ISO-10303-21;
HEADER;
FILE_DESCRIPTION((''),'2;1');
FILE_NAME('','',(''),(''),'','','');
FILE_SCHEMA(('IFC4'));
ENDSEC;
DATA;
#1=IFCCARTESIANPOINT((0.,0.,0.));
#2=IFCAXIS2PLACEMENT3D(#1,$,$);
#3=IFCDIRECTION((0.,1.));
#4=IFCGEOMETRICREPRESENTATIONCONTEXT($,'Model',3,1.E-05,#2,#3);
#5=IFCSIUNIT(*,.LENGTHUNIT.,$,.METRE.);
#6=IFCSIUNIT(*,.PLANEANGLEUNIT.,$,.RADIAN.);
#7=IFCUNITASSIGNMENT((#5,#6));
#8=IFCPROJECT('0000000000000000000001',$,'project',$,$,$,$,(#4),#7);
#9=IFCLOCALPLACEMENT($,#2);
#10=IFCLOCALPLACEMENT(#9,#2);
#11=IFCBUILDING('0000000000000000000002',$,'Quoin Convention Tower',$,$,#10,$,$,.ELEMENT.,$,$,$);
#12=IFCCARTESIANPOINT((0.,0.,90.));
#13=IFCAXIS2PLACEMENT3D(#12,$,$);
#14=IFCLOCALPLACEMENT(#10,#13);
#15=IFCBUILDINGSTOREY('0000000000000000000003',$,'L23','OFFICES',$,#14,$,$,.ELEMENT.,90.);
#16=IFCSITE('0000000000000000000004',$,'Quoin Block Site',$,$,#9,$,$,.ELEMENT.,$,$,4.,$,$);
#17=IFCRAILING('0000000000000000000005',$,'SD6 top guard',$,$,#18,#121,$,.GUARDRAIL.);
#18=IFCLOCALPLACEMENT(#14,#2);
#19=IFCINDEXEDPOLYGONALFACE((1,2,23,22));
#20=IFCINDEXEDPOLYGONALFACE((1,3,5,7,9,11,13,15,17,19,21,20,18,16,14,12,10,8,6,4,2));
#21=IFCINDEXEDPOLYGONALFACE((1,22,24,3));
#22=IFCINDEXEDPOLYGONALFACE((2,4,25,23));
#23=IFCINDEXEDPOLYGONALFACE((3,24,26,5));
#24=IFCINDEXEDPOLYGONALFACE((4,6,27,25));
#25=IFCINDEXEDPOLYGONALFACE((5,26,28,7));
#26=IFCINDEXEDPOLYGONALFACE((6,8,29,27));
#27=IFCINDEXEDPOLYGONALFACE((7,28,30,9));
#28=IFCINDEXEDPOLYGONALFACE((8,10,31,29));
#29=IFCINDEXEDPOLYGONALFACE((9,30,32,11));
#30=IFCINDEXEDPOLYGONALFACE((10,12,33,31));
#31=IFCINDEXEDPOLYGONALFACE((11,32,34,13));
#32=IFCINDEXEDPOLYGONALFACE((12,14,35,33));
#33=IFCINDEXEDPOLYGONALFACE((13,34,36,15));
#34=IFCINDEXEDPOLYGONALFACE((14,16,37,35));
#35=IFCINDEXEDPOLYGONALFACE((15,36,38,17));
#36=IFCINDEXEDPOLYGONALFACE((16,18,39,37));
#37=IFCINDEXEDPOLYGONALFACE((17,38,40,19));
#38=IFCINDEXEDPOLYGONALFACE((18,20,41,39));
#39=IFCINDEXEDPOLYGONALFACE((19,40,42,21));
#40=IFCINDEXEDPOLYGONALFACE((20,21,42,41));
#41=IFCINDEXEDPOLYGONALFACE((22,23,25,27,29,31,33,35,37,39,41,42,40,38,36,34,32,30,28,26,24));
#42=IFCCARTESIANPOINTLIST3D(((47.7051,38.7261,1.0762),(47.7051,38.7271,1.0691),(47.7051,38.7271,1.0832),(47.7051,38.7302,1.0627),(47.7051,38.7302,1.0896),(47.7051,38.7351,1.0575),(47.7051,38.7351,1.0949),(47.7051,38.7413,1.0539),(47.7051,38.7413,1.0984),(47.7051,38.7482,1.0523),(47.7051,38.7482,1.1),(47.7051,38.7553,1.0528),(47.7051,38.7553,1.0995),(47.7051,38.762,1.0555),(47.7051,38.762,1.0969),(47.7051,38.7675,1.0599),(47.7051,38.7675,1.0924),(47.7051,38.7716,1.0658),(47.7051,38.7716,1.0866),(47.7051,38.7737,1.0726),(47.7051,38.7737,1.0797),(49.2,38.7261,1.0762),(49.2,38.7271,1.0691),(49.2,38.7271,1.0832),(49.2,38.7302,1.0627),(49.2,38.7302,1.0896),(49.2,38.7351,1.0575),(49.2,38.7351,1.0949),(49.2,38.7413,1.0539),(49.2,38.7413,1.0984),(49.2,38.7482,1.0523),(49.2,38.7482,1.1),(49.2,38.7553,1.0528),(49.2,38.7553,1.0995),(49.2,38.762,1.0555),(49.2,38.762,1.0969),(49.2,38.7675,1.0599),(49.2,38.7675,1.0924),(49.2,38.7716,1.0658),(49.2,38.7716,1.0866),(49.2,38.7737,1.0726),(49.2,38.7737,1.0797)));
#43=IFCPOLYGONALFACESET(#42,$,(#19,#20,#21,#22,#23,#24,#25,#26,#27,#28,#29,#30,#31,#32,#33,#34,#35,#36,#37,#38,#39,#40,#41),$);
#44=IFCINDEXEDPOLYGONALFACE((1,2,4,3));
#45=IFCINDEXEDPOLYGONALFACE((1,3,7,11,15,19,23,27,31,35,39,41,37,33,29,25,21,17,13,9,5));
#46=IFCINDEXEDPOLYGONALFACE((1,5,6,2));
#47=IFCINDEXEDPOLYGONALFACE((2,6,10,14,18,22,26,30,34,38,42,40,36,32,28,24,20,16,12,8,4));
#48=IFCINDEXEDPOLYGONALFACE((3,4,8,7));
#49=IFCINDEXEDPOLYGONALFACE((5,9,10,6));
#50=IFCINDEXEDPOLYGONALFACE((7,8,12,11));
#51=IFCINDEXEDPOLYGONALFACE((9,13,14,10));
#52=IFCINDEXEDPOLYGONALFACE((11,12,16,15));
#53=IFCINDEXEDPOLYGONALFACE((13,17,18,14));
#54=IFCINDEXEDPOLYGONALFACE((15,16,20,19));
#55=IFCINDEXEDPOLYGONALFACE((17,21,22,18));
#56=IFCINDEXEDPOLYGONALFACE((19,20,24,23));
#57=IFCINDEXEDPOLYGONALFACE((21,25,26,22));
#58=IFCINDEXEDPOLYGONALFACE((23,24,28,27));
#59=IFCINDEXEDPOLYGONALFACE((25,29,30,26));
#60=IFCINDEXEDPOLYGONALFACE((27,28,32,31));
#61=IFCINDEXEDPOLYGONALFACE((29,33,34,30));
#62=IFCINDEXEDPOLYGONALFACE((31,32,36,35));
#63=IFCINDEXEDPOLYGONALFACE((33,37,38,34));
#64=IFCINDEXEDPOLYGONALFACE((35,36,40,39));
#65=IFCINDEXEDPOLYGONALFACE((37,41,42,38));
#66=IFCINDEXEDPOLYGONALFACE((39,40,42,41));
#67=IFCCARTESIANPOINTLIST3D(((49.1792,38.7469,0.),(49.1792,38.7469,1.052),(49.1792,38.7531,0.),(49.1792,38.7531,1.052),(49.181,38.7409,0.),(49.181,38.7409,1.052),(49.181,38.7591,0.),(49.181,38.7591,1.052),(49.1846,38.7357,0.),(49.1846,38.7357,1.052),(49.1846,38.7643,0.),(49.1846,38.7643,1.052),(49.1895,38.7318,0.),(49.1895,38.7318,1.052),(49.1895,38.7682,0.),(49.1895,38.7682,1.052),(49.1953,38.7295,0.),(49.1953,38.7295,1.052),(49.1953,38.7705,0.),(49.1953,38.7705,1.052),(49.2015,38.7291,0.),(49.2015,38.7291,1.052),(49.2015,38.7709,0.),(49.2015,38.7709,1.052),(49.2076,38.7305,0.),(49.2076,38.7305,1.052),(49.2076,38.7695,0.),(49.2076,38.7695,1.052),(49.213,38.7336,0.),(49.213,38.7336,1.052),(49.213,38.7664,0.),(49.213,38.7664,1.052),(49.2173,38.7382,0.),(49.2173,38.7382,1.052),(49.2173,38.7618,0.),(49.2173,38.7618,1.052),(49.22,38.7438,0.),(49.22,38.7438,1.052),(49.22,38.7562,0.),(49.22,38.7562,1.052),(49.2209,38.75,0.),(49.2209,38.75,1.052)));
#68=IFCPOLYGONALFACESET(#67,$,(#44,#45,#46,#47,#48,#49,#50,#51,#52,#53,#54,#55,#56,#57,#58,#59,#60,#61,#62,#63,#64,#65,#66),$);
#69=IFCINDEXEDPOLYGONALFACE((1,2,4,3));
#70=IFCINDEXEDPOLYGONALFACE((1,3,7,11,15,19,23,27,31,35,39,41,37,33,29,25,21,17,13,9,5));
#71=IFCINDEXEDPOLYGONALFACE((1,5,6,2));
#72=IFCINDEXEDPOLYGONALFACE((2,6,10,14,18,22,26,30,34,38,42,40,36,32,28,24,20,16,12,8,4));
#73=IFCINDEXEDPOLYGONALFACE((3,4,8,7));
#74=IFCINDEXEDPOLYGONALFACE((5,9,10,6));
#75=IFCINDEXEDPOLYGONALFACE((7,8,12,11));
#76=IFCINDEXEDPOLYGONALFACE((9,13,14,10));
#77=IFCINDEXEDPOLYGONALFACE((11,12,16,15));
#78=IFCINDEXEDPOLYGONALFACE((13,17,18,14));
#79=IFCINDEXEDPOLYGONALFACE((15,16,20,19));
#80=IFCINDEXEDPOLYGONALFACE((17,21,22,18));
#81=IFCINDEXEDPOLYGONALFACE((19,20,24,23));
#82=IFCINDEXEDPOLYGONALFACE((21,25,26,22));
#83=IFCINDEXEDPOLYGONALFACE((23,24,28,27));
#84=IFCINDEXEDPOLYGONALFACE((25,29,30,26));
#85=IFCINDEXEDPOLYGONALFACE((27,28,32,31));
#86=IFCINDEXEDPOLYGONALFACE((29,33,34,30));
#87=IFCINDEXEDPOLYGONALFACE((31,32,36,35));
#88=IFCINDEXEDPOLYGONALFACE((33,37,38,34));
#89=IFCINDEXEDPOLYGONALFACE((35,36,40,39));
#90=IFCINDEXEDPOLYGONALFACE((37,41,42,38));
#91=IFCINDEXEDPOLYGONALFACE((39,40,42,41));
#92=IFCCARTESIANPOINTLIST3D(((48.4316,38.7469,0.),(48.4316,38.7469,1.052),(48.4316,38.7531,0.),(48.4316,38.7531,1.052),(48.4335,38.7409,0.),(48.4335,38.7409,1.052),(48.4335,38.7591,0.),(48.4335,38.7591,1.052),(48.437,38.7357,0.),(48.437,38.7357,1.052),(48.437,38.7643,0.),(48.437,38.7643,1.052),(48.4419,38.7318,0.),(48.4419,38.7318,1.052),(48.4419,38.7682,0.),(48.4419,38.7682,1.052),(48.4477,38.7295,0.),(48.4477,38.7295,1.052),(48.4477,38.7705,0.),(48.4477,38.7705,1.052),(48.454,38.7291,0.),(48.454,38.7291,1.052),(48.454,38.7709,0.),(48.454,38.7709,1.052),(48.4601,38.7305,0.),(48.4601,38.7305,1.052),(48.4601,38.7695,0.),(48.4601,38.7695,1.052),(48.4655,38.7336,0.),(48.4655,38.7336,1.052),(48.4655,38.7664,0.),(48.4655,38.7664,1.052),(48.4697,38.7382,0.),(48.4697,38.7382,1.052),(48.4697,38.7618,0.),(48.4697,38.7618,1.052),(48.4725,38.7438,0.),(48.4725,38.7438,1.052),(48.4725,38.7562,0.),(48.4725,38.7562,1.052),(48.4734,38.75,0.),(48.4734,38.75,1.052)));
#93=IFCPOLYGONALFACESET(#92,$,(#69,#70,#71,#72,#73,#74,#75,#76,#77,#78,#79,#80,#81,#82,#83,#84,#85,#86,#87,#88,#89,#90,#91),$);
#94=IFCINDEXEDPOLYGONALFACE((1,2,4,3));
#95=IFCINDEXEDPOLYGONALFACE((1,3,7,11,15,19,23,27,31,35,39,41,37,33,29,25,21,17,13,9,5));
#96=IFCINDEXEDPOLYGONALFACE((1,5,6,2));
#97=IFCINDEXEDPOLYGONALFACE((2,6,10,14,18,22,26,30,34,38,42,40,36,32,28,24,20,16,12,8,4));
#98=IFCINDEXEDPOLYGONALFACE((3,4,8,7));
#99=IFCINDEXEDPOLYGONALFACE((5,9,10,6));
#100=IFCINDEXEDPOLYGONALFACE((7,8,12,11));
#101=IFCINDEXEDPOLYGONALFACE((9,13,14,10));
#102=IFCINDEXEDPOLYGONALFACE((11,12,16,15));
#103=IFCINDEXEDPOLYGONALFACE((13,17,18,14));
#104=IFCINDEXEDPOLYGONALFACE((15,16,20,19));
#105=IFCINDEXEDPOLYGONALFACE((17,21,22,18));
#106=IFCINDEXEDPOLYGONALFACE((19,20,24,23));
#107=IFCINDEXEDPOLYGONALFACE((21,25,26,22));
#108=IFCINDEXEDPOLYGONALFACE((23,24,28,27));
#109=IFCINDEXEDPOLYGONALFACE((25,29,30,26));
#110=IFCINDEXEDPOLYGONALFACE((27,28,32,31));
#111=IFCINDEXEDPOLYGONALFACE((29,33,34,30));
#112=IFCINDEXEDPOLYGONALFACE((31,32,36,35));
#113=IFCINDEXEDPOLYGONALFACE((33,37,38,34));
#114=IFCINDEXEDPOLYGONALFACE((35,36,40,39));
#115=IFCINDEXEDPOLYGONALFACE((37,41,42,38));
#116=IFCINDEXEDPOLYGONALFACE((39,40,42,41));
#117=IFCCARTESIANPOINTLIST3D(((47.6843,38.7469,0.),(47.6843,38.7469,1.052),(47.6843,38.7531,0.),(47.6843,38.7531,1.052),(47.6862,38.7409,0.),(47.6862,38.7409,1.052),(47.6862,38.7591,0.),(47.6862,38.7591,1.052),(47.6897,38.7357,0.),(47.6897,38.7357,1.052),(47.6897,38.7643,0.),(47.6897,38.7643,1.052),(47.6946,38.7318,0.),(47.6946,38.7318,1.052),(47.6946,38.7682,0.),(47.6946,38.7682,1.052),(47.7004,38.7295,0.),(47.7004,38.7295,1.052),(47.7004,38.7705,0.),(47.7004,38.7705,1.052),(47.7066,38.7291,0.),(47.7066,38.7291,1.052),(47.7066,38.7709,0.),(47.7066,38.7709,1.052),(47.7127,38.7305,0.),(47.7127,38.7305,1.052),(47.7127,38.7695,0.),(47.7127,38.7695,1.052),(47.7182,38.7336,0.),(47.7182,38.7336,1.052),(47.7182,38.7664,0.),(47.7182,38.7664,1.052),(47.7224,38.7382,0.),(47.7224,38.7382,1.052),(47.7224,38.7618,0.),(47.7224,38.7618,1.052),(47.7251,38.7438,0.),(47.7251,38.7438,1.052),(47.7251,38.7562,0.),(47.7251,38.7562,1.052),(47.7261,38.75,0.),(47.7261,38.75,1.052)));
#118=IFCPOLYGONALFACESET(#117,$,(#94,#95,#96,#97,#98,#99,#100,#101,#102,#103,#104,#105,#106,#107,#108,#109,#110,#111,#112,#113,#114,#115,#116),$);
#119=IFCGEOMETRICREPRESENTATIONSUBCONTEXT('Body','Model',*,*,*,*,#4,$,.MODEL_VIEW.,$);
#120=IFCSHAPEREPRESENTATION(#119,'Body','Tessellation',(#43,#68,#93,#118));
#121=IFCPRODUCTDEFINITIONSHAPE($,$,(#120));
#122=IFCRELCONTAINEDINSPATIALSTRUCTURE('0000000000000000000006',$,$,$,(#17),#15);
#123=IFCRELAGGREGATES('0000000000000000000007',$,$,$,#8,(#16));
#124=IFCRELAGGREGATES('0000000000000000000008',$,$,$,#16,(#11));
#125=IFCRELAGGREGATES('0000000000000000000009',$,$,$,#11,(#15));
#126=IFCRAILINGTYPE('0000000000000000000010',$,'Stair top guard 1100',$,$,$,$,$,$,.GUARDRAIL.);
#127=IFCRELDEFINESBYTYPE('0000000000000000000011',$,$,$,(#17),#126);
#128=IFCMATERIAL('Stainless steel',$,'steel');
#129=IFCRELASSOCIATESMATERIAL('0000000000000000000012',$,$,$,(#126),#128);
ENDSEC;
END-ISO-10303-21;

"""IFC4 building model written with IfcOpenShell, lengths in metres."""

from ifc_helpers import new_model, si_unit, direction, frame, origin, origin_2d, place, context, subcontext, project, spatial, circle, extrude, material, type_object, element, save


model = new_model("IFC4")

# Units and contexts
model_context = context("Model", 3, precision=1e-05, world=origin(), true_north=direction((0.0, 1.0)))
body_context = subcontext(model_context, "Body", "Model", "MODEL_VIEW")
ifc_project = project(units=[si_unit("LENGTHUNIT", "METRE"), si_unit("PLANEANGLEUNIT", "RADIAN")], contexts=[model_context])

# Site, building, storey
site_placement = place(None, origin())
site = spatial("IfcSite", under=ifc_project, at=site_placement, Name="Quoin Block Site", CompositionType="ELEMENT", RefElevation=4.0)
building_placement = place(site_placement, origin())
building = spatial("IfcBuilding", under=site, at=building_placement, Name="Quoin Convention Tower", CompositionType="ELEMENT")
storey_placement = place(building_placement, frame((0.0, 0.0, 90.0)))
storey = spatial("IfcBuildingStorey", under=building, at=storey_placement, Name="L23", Description="OFFICES", CompositionType="ELEMENT", Elevation=90.0)

# Railing
ifc_material_1 = material(Name="Stainless steel", Category="steel")
railing_type_1 = type_object("IfcRailingType", Name="Stair top guard 1100", PredefinedType="GUARDRAIL", material=ifc_material_1)
railing_1_placement = place(storey_placement, frame((49.2, 38.75, 0.0)))
element("IfcRailing", 1, at=railing_1_placement, inside=storey, type_object=railing_type_1, Name="SD6 top guard", PredefinedType="GUARDRAIL", context=body_context, shape_type="SweptSolid", body=[
    extrude(circle(Radius=0.0239, at=origin_2d()), frame((0.0, 0.0, 1.0762), z_axis=(-1.0, 0.0, 0.0), x_axis=(0.0, -1.0, 0.0)), (0.0, 0.0, 1.0), 1.4949),
    extrude(circle(Radius=0.021, at=origin_2d()), origin(), (0.0, 0.0, 1.0), 1.052),
    extrude(circle(Radius=0.021, at=origin_2d()), frame((-0.7476, 0.0, 0.0)), (0.0, 0.0, 1.0), 1.052),
    extrude(circle(Radius=0.021, at=origin_2d()), frame((-1.4949, 0.0, 0.0)), (0.0, 0.0, 1.0), 1.052),
])

save(model, "model.ifc")
